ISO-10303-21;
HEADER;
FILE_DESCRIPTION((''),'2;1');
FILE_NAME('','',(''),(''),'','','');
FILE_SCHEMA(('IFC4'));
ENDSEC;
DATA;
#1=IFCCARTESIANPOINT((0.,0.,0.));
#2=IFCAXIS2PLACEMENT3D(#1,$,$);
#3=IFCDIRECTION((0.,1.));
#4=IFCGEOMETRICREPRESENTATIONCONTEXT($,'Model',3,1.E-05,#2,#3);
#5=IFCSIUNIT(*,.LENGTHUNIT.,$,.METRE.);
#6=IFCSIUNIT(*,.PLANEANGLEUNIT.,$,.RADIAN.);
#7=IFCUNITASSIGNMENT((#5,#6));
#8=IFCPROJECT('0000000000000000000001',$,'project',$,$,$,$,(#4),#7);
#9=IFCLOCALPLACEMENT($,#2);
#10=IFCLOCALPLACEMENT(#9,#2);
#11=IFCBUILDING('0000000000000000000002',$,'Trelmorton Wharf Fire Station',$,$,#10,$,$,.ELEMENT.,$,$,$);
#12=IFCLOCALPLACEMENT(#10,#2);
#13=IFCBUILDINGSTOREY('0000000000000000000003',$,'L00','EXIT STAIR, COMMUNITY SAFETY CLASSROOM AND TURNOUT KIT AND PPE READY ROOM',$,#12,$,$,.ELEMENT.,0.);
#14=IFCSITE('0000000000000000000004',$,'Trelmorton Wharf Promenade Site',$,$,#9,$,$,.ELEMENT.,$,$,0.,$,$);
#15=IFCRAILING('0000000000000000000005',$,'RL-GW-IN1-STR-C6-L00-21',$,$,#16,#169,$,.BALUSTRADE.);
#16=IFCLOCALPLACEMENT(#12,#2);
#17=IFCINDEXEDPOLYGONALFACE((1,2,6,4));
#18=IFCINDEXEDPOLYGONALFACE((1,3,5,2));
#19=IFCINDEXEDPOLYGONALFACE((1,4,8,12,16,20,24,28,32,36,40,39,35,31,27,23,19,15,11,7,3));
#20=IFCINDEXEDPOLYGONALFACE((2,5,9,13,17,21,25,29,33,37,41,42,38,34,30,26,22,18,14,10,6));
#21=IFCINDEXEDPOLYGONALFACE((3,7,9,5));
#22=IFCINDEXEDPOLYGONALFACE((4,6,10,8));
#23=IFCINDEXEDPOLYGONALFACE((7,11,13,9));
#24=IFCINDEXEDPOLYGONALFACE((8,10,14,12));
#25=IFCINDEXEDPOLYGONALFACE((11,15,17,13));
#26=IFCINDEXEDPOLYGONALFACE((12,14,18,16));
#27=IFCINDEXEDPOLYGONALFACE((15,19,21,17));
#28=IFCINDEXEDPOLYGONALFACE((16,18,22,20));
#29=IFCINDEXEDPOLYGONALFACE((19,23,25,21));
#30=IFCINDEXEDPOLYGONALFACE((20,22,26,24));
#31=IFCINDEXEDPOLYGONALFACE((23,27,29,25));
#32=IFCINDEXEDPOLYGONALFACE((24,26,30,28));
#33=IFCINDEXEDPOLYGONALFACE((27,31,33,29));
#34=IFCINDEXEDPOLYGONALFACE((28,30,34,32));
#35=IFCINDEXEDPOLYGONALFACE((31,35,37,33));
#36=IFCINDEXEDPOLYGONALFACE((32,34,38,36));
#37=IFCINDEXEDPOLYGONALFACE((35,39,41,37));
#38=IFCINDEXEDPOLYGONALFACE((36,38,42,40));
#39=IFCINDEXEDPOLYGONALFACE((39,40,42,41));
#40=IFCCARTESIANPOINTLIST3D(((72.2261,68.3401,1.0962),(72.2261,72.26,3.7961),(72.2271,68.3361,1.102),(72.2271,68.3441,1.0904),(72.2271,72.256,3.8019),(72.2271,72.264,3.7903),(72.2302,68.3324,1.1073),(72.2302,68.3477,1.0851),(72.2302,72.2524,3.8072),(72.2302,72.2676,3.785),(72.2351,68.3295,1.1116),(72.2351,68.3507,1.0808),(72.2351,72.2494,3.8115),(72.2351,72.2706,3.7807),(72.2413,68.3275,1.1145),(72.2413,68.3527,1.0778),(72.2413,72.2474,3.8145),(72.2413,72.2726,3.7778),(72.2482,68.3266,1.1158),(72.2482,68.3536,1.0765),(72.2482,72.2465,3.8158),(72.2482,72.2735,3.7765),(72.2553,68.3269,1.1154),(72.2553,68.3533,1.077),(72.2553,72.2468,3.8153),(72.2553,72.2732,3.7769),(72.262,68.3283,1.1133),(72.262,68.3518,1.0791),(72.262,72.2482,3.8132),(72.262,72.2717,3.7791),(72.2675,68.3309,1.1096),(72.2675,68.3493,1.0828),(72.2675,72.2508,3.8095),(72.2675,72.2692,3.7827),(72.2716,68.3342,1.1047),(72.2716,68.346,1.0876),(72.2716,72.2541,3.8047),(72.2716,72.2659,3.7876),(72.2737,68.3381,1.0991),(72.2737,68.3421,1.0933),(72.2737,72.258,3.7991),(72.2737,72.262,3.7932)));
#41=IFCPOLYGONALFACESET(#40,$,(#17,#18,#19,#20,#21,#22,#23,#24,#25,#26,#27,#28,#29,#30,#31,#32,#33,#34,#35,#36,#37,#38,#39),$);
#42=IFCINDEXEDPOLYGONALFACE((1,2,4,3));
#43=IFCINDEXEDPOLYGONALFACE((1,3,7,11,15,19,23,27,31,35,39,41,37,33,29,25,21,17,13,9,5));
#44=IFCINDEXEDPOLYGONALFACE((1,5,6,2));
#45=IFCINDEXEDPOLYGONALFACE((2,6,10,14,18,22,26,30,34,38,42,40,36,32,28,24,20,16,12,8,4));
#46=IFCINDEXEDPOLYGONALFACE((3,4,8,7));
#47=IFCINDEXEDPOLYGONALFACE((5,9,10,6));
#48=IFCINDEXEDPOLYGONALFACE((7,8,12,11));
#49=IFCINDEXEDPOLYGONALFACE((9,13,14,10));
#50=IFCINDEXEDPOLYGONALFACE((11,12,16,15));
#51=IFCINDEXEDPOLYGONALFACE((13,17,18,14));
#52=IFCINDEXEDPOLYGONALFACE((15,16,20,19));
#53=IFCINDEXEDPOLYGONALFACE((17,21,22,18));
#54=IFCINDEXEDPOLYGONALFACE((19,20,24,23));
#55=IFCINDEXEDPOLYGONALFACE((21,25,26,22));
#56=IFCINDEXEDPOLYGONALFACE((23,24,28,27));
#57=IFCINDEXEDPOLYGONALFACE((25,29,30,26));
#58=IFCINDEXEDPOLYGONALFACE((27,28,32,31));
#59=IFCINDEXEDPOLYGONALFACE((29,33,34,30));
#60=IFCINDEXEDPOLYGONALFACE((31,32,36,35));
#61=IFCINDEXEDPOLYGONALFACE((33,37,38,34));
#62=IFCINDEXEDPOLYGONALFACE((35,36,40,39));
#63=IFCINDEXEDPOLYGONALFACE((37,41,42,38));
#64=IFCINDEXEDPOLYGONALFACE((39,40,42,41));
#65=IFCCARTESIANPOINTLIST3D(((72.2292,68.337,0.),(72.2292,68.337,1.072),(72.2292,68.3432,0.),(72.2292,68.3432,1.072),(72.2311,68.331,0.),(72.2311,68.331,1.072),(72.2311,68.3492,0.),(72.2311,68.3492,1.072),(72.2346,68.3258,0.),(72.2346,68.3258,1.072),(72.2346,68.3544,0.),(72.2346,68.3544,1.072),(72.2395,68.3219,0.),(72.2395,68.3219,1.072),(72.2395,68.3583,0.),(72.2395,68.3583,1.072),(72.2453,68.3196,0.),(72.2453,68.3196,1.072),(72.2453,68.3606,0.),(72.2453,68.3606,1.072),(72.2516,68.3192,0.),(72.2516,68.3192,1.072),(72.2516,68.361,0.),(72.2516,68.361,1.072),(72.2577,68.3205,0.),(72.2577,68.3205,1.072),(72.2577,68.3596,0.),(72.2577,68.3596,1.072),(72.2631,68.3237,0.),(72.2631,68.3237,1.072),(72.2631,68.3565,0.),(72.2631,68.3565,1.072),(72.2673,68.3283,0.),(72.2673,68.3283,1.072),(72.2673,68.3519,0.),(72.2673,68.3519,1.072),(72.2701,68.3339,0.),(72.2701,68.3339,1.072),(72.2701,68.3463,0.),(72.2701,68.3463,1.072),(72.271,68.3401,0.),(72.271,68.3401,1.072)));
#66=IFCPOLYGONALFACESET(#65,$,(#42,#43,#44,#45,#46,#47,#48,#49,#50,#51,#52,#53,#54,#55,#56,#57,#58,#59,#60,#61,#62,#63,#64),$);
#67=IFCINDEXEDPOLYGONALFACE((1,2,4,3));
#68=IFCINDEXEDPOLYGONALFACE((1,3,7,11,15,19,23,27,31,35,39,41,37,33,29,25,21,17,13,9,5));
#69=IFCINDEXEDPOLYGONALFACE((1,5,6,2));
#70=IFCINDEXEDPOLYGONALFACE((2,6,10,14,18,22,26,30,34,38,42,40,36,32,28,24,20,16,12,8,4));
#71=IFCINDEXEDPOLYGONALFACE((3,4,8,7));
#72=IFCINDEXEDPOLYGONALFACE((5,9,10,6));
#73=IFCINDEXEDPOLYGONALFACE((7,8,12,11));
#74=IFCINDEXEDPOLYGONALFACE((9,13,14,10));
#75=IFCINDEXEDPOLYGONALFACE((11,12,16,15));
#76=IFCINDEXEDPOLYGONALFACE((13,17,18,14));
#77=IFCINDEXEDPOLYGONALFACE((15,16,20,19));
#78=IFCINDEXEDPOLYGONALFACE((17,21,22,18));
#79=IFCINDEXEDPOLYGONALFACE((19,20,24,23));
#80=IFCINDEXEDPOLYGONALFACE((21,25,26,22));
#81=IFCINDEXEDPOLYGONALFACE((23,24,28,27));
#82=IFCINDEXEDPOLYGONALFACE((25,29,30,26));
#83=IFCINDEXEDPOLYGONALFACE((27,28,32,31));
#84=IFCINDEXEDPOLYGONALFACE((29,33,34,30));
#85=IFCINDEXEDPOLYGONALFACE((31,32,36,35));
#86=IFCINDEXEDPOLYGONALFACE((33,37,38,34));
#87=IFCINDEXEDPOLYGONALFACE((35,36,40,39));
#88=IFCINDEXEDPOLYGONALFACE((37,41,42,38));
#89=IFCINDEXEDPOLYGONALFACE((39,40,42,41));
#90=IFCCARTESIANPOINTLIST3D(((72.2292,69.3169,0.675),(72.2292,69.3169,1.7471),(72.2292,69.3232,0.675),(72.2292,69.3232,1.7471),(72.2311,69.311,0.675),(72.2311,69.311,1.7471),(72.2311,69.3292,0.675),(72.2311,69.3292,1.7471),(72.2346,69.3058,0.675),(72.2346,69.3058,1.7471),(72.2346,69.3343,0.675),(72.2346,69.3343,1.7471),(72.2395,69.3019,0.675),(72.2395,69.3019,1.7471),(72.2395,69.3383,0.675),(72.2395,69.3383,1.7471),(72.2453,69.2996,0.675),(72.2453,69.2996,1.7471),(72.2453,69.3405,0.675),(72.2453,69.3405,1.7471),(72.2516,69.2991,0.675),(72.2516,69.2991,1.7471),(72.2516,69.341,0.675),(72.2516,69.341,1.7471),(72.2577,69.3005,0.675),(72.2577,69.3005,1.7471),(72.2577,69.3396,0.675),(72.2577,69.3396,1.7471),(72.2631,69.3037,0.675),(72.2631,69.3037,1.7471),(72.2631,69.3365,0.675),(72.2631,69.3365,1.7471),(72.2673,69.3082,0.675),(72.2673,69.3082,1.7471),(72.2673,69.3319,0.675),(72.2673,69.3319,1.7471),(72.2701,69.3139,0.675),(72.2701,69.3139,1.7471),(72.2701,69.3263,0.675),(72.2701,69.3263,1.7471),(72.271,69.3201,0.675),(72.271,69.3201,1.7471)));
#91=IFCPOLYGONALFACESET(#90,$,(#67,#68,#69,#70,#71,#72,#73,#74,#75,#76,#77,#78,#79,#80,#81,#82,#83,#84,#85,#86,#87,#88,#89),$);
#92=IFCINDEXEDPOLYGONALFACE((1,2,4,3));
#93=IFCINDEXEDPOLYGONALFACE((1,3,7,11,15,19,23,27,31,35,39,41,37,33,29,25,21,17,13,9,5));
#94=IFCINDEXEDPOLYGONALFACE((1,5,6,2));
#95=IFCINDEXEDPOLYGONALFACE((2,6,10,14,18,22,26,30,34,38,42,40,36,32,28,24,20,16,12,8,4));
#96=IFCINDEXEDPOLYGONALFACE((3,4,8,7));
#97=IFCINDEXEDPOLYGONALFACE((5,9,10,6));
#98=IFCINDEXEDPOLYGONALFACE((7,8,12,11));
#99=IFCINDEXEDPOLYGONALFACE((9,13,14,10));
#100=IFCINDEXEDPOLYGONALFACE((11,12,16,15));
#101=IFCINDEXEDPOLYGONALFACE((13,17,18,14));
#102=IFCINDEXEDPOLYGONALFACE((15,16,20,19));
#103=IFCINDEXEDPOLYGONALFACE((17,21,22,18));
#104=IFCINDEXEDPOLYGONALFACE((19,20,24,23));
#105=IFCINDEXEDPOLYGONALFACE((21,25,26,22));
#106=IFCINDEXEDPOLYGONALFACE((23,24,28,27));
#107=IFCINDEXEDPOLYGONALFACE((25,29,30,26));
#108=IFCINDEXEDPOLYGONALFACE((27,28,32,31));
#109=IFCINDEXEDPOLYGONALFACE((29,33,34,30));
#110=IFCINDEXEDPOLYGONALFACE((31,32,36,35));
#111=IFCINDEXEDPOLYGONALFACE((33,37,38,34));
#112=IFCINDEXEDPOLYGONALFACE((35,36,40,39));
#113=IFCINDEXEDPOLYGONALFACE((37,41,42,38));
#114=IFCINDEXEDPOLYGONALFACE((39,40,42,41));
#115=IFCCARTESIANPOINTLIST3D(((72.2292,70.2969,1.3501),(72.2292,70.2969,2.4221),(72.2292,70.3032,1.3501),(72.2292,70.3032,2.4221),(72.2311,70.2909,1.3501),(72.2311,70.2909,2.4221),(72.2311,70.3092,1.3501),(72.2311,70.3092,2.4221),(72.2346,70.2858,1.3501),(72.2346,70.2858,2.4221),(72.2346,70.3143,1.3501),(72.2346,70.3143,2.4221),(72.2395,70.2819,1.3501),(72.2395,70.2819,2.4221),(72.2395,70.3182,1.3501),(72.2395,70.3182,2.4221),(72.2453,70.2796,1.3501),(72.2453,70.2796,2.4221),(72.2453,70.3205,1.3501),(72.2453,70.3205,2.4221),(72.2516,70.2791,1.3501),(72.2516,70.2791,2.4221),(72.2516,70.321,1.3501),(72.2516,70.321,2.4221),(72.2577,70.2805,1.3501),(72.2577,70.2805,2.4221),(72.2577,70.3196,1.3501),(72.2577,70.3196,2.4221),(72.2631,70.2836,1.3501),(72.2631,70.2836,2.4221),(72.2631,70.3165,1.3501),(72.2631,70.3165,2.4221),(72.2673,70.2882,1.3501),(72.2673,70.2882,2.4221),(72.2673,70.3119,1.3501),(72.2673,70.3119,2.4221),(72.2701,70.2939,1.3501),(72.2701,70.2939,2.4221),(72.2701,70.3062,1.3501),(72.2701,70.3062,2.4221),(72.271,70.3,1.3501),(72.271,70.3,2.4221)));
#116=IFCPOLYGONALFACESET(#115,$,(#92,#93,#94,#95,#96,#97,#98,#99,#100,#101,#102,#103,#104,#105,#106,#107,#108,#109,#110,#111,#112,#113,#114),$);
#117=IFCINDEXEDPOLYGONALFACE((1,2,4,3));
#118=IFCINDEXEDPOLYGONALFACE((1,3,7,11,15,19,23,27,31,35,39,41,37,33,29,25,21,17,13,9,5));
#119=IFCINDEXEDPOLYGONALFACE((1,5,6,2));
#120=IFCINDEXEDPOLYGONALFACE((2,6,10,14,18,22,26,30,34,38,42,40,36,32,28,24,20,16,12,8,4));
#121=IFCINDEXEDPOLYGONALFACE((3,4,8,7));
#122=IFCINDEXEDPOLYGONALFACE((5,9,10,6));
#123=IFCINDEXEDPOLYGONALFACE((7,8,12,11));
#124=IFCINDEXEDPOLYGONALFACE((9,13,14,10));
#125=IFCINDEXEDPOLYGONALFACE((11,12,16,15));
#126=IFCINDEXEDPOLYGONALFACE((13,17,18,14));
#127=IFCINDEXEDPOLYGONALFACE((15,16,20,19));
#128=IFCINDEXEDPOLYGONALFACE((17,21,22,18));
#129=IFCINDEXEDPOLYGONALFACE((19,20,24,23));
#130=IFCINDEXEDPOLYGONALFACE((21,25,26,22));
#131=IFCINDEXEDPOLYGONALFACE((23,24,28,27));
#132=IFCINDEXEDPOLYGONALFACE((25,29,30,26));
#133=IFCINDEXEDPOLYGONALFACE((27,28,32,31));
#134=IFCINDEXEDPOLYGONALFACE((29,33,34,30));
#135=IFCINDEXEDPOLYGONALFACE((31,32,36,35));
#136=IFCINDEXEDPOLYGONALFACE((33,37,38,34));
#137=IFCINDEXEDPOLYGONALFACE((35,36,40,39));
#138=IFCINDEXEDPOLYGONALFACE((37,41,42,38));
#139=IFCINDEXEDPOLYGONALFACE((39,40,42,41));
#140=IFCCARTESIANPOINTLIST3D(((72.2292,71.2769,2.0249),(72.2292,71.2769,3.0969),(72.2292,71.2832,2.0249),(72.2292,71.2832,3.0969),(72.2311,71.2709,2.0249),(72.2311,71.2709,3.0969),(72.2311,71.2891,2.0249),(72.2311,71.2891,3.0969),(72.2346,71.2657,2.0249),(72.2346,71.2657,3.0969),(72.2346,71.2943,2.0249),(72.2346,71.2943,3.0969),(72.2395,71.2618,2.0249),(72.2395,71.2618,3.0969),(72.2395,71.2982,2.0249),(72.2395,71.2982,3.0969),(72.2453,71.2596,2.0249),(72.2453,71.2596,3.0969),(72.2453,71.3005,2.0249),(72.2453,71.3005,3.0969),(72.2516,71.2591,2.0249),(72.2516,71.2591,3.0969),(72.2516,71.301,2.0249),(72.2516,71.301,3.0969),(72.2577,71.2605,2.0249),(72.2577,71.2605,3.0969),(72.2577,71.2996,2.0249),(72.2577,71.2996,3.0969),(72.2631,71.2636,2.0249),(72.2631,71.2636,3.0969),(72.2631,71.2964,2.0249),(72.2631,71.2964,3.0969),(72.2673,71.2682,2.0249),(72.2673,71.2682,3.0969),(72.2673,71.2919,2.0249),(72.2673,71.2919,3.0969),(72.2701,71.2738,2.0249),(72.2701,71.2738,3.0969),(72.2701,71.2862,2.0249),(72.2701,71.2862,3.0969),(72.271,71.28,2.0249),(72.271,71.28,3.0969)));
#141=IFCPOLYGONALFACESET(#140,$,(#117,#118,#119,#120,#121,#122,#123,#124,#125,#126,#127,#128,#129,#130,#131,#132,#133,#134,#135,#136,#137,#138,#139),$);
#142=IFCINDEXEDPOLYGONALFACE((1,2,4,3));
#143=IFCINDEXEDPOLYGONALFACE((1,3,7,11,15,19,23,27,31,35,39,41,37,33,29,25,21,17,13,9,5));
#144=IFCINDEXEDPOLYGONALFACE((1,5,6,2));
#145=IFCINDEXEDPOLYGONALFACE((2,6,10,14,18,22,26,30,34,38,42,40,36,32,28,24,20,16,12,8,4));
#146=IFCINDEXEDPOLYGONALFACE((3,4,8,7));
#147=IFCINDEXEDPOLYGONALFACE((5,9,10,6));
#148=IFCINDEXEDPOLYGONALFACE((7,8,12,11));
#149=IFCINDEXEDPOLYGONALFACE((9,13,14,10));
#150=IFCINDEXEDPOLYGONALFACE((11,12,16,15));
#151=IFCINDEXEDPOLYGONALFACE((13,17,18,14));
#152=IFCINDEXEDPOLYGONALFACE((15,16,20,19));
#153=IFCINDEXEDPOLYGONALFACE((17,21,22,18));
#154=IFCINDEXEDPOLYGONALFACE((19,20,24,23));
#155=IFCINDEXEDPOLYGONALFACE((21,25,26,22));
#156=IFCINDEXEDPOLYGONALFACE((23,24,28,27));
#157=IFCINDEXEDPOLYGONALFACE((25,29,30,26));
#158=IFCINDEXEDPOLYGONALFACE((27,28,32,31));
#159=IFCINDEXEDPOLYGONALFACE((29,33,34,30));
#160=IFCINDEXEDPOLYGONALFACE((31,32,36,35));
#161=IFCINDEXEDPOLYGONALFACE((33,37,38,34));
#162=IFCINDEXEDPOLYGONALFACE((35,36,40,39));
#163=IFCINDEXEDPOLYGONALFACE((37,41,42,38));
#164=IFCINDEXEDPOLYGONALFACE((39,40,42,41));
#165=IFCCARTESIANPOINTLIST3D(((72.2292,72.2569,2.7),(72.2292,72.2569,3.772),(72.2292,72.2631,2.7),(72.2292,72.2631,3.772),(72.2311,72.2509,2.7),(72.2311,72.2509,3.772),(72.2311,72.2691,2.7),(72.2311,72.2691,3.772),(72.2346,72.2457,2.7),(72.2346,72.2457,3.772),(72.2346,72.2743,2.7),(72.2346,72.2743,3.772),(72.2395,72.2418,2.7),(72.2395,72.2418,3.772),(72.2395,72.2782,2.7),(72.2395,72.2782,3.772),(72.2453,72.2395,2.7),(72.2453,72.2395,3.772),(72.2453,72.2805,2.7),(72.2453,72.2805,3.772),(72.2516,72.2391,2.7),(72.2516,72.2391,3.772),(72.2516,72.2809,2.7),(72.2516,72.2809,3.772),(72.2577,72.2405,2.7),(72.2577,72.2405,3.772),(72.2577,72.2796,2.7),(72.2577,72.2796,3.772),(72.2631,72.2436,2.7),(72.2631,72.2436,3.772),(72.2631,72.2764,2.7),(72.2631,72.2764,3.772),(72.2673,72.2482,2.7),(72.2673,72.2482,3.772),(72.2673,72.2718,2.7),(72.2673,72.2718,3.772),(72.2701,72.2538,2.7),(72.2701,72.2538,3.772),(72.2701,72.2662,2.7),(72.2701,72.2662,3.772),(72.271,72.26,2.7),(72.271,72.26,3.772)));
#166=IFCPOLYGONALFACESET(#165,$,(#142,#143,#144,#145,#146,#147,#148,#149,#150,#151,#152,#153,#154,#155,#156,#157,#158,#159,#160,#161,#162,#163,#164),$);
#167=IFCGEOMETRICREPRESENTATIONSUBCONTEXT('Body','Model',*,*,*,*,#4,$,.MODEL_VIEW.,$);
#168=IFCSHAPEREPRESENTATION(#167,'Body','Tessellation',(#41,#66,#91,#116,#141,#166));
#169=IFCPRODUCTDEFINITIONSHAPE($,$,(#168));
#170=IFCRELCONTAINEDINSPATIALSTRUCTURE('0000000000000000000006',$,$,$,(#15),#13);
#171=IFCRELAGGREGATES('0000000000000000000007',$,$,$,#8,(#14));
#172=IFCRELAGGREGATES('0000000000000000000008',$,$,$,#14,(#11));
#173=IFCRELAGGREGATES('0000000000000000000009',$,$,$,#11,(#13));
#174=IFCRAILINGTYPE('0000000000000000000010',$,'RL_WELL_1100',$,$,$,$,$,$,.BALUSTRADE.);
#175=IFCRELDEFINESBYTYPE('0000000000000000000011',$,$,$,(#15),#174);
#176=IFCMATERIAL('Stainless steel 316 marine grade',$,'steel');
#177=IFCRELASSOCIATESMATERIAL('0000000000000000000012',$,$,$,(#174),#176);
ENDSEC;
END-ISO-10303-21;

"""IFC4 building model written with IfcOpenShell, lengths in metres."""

from ifc_helpers import new_model, si_unit, direction, frame, origin, origin_2d, place, context, subcontext, project, spatial, circle, extrude, material, type_object, element, save


model = new_model("IFC4")

# Units and contexts
model_context = context("Model", 3, precision=1e-05, world=origin(), true_north=direction((0.0, 1.0)))
body_context = subcontext(model_context, "Body", "Model", "MODEL_VIEW")
ifc_project = project(units=[si_unit("LENGTHUNIT", "METRE"), si_unit("PLANEANGLEUNIT", "RADIAN")], contexts=[model_context])

# Site, building, storey
site_placement = place(None, origin())
site = spatial("IfcSite", under=ifc_project, at=site_placement, Name="Trelmorton Wharf Promenade Site", CompositionType="ELEMENT", RefElevation=0.0)
building_placement = place(site_placement, origin())
building = spatial("IfcBuilding", under=site, at=building_placement, Name="Trelmorton Wharf Fire Station", CompositionType="ELEMENT")
storey_placement = place(building_placement, origin())
storey = spatial("IfcBuildingStorey", under=building, at=storey_placement, Name="L00", Description="EXIT STAIR, COMMUNITY SAFETY CLASSROOM AND TURNOUT KIT AND PPE READY ROOM", CompositionType="ELEMENT", Elevation=0.0)

# Shared definitions
ifc_material_1 = material(Name="Stainless steel 316 marine grade", Category="steel")

# Railing
railing_type_1 = type_object("IfcRailingType", Name="RL_WELL_1100", PredefinedType="BALUSTRADE", material=ifc_material_1)
railing_1_placement = place(storey_placement, frame((72.25, 68.3401, 0.0)))
element("IfcRailing", 1, at=railing_1_placement, inside=storey, type_object=railing_type_1, Name="RL-GW-IN1-STR-C6-L00-21", PredefinedType="BALUSTRADE", context=body_context, shape_type="SweptSolid", body=[
    extrude(circle(Radius=0.0239, at=origin_2d()), frame((0.0, 0.0, 1.0962), z_axis=(0.0, 0.823551, 0.567243), x_axis=(-1.0, 0.0, 0.0)), (0.0, 0.0, 1.0), 4.7598),
    extrude(circle(Radius=0.021, at=origin_2d()), origin(), (0.0, 0.0, 1.0), 1.072),
    extrude(circle(Radius=0.021, at=origin_2d()), frame((0.0, 0.98, 0.675)), (0.0, 0.0, 1.0), 1.072),
    extrude(circle(Radius=0.021, at=origin_2d()), frame((0.0, 1.96, 1.3501)), (0.0, 0.0, 1.0), 1.072),
    extrude(circle(Radius=0.021, at=origin_2d()), frame((0.0, 2.9399, 2.0249)), (0.0, 0.0, 1.0), 1.072),
    extrude(circle(Radius=0.021, at=origin_2d()), frame((0.0, 3.9199, 2.7)), (0.0, 0.0, 1.0), 1.072),
])

save(model, "model.ifc")
